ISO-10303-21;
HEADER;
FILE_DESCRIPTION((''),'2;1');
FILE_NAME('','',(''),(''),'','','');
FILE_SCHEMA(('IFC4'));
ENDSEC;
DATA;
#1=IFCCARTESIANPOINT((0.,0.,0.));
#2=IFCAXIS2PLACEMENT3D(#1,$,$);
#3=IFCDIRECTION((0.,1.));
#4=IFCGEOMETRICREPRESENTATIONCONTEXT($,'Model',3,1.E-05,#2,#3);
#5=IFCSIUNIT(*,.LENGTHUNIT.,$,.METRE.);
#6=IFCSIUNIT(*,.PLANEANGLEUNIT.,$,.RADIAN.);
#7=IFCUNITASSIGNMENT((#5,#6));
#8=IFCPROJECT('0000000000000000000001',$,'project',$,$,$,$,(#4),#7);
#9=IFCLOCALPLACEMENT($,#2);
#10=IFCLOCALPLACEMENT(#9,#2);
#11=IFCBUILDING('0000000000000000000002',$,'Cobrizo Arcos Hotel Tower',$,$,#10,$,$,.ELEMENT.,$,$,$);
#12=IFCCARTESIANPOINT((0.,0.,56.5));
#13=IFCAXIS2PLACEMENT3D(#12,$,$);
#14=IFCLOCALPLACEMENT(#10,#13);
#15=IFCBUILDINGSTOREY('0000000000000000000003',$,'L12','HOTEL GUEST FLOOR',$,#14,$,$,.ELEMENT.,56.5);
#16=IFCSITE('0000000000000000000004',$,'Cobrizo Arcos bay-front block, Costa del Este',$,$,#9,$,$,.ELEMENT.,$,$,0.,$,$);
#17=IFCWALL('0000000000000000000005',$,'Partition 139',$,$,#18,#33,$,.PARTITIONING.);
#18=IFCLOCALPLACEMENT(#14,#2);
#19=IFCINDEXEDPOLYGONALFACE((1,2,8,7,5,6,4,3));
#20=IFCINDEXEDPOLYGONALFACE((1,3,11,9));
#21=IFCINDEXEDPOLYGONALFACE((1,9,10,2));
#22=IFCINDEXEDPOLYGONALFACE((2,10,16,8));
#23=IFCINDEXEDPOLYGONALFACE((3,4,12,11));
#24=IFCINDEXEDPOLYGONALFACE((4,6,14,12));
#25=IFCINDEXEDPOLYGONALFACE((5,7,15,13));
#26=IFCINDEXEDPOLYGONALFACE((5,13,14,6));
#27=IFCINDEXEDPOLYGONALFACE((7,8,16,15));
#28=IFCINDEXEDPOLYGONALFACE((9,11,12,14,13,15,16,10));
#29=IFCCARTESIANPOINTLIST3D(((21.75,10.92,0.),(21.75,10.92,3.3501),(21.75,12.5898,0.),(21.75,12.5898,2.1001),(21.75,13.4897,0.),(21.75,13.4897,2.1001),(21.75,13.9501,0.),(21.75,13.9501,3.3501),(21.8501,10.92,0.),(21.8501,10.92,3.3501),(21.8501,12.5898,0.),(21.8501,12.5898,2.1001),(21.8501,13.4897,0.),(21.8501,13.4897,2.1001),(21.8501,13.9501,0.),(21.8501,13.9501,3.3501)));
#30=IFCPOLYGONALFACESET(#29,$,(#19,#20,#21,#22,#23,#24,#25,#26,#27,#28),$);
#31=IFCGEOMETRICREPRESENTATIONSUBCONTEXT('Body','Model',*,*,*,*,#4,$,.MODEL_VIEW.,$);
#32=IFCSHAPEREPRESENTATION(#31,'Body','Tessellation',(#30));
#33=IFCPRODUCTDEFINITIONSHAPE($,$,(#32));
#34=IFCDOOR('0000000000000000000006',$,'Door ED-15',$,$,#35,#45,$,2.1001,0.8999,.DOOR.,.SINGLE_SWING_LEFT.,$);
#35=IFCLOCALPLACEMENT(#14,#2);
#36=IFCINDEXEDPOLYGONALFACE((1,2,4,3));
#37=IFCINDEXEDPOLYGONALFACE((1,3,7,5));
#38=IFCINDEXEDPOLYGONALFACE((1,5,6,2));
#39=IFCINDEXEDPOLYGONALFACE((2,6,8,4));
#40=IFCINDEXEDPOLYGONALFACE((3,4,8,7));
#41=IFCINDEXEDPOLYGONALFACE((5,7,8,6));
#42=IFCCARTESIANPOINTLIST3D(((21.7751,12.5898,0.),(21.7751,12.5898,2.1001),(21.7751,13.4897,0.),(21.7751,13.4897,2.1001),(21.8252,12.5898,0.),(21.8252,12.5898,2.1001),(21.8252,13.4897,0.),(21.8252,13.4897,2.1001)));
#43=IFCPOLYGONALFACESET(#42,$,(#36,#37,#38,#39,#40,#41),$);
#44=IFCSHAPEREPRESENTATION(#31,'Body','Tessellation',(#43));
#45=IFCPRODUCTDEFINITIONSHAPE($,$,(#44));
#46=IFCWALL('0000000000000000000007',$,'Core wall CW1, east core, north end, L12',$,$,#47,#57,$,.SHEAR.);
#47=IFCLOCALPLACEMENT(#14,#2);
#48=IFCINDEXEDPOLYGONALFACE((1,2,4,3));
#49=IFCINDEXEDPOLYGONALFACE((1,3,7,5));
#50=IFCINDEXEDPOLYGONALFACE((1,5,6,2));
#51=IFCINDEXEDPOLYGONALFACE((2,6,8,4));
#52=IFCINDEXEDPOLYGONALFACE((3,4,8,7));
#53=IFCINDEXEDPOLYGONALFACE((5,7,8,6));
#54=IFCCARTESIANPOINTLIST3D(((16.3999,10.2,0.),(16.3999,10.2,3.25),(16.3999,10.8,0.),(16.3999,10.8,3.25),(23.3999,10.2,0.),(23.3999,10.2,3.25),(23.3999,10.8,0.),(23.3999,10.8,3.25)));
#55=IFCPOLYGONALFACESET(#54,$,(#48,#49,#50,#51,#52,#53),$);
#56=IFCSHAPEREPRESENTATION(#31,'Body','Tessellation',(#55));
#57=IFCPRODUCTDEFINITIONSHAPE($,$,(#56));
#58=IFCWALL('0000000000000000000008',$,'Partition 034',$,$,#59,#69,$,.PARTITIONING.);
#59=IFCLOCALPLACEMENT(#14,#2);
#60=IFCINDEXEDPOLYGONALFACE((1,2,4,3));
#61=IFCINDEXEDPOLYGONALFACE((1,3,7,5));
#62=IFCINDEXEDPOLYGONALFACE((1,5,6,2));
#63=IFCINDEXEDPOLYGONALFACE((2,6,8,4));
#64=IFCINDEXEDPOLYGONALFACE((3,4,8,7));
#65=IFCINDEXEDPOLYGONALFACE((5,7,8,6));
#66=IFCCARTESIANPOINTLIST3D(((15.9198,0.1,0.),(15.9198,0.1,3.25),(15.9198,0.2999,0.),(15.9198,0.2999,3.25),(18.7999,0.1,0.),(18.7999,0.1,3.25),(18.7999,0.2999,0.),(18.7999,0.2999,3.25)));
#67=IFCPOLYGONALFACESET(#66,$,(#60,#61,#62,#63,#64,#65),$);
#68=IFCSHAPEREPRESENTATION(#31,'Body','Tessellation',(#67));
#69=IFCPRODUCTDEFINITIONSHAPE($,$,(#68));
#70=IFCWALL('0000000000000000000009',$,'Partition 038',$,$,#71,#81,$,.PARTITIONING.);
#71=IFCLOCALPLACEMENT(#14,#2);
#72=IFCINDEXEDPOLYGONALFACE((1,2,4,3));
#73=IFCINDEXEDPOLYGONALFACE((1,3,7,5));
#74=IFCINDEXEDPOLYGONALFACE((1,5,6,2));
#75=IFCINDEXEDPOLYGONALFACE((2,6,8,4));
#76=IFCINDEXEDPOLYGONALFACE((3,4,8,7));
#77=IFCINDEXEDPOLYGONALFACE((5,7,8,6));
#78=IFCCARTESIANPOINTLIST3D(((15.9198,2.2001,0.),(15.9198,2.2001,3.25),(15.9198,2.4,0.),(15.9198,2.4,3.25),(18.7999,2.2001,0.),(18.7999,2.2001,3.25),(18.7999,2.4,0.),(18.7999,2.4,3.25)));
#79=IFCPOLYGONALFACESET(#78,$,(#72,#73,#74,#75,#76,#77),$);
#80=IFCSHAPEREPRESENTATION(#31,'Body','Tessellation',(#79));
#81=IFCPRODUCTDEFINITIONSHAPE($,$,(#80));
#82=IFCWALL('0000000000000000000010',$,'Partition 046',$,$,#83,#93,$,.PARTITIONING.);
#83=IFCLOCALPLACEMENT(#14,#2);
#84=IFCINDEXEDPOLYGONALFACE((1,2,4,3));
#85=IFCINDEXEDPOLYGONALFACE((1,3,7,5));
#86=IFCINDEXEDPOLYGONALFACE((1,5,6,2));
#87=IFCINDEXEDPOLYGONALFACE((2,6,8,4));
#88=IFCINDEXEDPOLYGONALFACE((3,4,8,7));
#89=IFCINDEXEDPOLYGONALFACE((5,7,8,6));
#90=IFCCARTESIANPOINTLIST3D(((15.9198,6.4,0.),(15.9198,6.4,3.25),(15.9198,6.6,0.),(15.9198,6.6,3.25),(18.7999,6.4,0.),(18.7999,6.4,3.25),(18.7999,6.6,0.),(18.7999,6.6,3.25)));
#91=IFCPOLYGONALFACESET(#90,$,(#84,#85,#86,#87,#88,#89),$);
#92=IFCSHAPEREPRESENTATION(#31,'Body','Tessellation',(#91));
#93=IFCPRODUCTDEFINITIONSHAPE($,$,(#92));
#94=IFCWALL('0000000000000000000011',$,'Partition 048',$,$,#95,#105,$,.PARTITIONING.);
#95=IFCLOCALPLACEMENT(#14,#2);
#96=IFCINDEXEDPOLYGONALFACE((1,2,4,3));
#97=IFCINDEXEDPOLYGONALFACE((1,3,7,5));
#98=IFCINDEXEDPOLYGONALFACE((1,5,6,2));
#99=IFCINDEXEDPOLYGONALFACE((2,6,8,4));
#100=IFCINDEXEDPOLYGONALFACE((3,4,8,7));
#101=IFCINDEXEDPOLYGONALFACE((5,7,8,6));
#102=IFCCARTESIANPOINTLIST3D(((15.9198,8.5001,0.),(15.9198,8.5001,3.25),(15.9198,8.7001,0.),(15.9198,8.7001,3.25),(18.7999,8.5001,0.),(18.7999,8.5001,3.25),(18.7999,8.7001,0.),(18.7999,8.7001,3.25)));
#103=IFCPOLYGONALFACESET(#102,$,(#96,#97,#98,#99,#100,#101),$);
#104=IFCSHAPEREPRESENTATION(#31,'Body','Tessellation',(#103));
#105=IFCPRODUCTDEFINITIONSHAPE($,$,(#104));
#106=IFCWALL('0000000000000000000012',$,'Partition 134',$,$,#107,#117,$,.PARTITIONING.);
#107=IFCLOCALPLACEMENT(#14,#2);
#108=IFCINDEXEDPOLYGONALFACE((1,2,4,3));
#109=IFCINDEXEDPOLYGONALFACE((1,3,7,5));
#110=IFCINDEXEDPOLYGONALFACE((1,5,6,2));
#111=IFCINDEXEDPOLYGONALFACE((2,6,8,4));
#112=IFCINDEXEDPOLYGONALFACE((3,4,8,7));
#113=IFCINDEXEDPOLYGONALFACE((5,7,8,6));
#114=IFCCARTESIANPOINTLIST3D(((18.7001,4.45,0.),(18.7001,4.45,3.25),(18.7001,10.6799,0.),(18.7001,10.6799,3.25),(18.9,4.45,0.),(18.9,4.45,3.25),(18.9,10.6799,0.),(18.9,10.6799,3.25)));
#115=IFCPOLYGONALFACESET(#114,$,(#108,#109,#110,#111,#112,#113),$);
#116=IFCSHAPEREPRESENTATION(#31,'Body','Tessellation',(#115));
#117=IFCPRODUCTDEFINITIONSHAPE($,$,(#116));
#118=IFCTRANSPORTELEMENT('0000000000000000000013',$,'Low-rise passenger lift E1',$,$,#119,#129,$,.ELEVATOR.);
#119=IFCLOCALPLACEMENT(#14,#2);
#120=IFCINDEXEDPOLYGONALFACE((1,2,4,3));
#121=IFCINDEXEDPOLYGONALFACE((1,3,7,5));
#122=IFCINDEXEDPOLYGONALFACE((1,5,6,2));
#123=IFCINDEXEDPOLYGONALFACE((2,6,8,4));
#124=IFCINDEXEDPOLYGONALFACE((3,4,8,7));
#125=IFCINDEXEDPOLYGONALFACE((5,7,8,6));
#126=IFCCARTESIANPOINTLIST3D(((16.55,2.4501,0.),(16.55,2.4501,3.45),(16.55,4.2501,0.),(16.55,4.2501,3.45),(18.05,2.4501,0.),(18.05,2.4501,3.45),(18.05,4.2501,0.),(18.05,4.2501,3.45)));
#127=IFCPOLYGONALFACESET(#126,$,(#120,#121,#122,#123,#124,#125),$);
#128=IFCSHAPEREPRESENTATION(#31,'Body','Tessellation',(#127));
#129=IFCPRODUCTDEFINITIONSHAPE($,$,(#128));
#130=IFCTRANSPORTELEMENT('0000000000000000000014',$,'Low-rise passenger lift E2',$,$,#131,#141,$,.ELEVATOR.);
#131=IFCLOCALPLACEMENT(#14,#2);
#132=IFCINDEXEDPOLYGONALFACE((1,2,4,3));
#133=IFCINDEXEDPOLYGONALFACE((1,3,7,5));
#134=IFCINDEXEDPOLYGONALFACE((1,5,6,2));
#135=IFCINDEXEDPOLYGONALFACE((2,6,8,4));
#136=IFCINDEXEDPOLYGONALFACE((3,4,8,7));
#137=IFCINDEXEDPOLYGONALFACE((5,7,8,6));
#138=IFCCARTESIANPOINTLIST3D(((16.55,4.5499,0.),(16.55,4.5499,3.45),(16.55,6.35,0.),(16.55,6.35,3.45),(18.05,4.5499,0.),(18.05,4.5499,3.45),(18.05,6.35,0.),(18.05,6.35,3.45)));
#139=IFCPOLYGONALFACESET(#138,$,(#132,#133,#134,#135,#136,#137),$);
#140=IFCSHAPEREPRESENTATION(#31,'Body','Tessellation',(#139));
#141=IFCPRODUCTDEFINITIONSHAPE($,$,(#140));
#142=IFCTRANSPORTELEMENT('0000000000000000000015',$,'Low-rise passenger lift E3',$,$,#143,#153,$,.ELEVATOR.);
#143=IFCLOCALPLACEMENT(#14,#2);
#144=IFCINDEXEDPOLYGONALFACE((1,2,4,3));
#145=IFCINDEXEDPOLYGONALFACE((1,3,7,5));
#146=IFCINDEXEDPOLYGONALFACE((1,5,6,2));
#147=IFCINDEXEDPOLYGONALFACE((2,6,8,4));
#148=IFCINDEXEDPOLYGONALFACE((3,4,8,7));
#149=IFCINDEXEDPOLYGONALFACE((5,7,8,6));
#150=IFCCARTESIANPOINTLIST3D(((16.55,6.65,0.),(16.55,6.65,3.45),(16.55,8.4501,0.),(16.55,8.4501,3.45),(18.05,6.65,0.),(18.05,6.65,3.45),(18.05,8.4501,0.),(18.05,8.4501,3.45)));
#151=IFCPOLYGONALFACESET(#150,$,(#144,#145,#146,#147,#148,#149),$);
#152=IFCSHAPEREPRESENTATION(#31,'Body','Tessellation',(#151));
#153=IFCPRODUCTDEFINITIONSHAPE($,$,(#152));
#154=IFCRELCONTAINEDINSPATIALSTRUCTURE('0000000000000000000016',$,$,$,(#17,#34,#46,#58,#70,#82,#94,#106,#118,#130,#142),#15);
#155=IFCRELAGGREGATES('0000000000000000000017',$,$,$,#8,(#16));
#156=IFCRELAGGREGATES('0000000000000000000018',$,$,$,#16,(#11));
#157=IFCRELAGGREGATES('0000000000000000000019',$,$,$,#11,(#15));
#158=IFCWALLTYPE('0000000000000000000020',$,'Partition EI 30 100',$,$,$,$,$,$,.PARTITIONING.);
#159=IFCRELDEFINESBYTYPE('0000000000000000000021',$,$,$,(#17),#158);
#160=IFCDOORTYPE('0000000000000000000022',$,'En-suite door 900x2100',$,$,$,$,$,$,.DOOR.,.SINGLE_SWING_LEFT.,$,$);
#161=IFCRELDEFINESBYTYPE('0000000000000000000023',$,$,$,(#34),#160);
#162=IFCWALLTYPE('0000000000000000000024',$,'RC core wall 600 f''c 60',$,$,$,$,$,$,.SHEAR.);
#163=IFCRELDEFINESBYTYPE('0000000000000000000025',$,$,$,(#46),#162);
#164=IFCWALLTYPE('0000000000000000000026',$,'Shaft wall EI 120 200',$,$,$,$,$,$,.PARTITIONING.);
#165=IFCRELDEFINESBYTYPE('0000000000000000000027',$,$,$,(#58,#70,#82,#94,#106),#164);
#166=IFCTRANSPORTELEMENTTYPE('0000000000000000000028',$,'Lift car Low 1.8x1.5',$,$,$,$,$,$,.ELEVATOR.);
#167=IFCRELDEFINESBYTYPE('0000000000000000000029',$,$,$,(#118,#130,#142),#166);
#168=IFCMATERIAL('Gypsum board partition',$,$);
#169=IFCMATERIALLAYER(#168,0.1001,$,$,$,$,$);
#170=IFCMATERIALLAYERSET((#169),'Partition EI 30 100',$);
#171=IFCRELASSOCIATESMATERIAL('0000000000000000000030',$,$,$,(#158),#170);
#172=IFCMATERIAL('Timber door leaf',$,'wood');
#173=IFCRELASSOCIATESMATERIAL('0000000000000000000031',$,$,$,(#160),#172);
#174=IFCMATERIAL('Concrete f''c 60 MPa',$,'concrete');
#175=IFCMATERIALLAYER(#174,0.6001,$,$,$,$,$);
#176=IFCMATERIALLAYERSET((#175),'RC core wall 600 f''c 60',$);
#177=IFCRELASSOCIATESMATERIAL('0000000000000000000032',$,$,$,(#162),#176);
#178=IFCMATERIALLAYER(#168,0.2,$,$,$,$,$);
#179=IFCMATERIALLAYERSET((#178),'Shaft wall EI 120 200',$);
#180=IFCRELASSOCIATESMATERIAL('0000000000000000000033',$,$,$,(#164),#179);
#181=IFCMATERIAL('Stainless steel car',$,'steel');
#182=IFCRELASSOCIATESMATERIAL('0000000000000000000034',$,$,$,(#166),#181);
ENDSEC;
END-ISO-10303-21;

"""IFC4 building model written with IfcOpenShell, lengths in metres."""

from ifc_helpers import new_model, si_unit, direction, frame, frame_2d, origin, origin_2d, place, context, subcontext, project, spatial, rectangle, extrude, material, layer, layer_set, type_object, element, fill, save


model = new_model("IFC4")

# Units and contexts
model_context = context("Model", 3, precision=1e-05, world=origin(), true_north=direction((0.0, 1.0)))
body_context = subcontext(model_context, "Body", "Model", "MODEL_VIEW")
ifc_project = project(units=[si_unit("LENGTHUNIT", "METRE"), si_unit("PLANEANGLEUNIT", "RADIAN")], contexts=[model_context])

# Site, building, storey
site_placement = place(None, origin())
site = spatial("IfcSite", under=ifc_project, at=site_placement, Name="Cobrizo Arcos bay-front block, Costa del Este", CompositionType="ELEMENT", RefElevation=0.0)
building_placement = place(site_placement, origin())
building = spatial("IfcBuilding", under=site, at=building_placement, Name="Cobrizo Arcos Hotel Tower", CompositionType="ELEMENT")
storey_placement = place(building_placement, frame((0.0, 0.0, 56.5)))
storey = spatial("IfcBuildingStorey", under=building, at=storey_placement, Name="L12", Description="HOTEL GUEST FLOOR", CompositionType="ELEMENT", Elevation=56.5)

# Shared definitions
ifc_material_1 = material(Name="Gypsum board partition")

# Wall, opening, door
ifc_material_2 = material(Name="Timber door leaf", Category="wood")
ifc_layer_1 = layer(ifc_material_1, 0.1001)
ifc_layer_set_1 = layer_set([ifc_layer_1], Name="Partition EI 30 100")
wall_type_1 = type_object("IfcWallType", Name="Partition EI 30 100", PredefinedType="PARTITIONING", material=ifc_layer_set_1)
wall_1_placement = place(storey_placement, frame((21.8, 10.9199, 0.0), z_axis=(0.0, 0.0, 1.0), x_axis=(0.0, 1.0, 0.0)))
wall_1 = element("IfcWall", 1, at=wall_1_placement, inside=storey, type_object=wall_type_1, Name="Partition 139", PredefinedType="PARTITIONING", context=body_context, shape_type="SweptSolid", body=[
    extrude(rectangle(XDim=3.03, YDim=0.1001, at=frame_2d((1.5151, 0.0))), origin(), (0.0, 0.0, 1.0), 3.3501),
])
opening_1_placement = place(wall_1_placement, frame((1.6699, 0.0, 0.0)))
opening_1 = element("IfcOpeningElement", 2, at=opening_1_placement, cuts=wall_1, PredefinedType="OPENING", context=body_context, shape_type="SweptSolid", body=[
    extrude(rectangle(XDim=0.8999, YDim=2.1001, at=frame_2d((0.45, 1.05))), frame((0.0, 0.062, 0.0), z_axis=(0.0, -1.0, 0.0), x_axis=(1.0, 0.0, 0.0)), (0.0, 0.0, 1.0), 0.124),
])
door_type_1 = type_object("IfcDoorType", Name="En-suite door 900x2100", OperationType="SINGLE_SWING_LEFT", PredefinedType="DOOR", material=ifc_material_2)
door_1_placement = place(opening_1_placement, origin())
door_1 = element("IfcDoor", 3, at=door_1_placement, inside=storey, type_object=door_type_1, Name="Door ED-15", OperationType="SINGLE_SWING_LEFT", OverallHeight=2.1001, OverallWidth=0.8999, PredefinedType="DOOR", context=body_context, shape_type="SweptSolid", body=[
    extrude(rectangle(XDim=0.8999, YDim=2.1001, at=frame_2d((0.45, 1.05))), frame((0.0, 0.0249, 0.0), z_axis=(0.0, -1.0, 0.0), x_axis=(1.0, 0.0, 0.0)), (0.0, 0.0, 1.0), 0.05),
])
fill(opening_1, door_1)

# Walls
ifc_material_3 = material(Name="Concrete f'c 60 MPa", Category="concrete")
ifc_layer_2 = layer(ifc_material_3, 0.6001)
ifc_layer_set_2 = layer_set([ifc_layer_2], Name="RC core wall 600 f'c 60")
wall_type_2 = type_object("IfcWallType", Name="RC core wall 600 f'c 60", PredefinedType="SHEAR", material=ifc_layer_set_2)
wall_2_placement = place(storey_placement, frame((16.3999, 10.5, 0.0), z_axis=(0.0, 0.0, 1.0), x_axis=(1.0, 0.0, 0.0)))
element("IfcWall", 4, at=wall_2_placement, inside=storey, type_object=wall_type_2, Name="Core wall CW1, east core, north end, L12", PredefinedType="SHEAR", context=body_context, shape_type="SweptSolid", body=[
    extrude(rectangle(XDim=7.0, YDim=0.6001, at=frame_2d((3.5, 0.0))), origin(), (0.0, 0.0, 1.0), 3.25),
])
ifc_layer_3 = layer(ifc_material_1, 0.2)
ifc_layer_set_3 = layer_set([ifc_layer_3], Name="Shaft wall EI 120 200")
wall_type_3 = type_object("IfcWallType", Name="Shaft wall EI 120 200", PredefinedType="PARTITIONING", material=ifc_layer_set_3)
for number, where, z_axis, x_axis, name in (
    (5, (15.9199, 0.2, 0.0), (0.0, 0.0, 1.0), (1.0, 0.0, 0.0), "Partition 034"),
    (6, (15.9199, 2.3, 0.0), (0.0, 0.0, 1.0), (1.0, 0.0, 0.0), "Partition 038"),
    (7, (15.9199, 6.5, 0.0), (0.0, 0.0, 1.0), (1.0, 0.0, 0.0), "Partition 046"),
    (8, (15.9199, 8.6001, 0.0), (0.0, 0.0, 1.0), (1.0, 0.0, 0.0), "Partition 048"),
):
    element("IfcWall", number, at=place(storey_placement, frame(where, z_axis=z_axis, x_axis=x_axis)), inside=storey, type_object=wall_type_3, Name=name, PredefinedType="PARTITIONING", context=body_context, shape_type="SweptSolid", body=[
        extrude(rectangle(XDim=2.8801, YDim=0.2, at=frame_2d((1.4399, 0.0))), origin(), (0.0, 0.0, 1.0), 3.25),
    ])
wall_3_placement = place(storey_placement, frame((18.8, 4.45, 0.0), z_axis=(0.0, 0.0, 1.0), x_axis=(0.0, 1.0, 0.0)))
element("IfcWall", 9, at=wall_3_placement, inside=storey, type_object=wall_type_3, Name="Partition 134", PredefinedType="PARTITIONING", context=body_context, shape_type="SweptSolid", body=[
    extrude(rectangle(XDim=6.23, YDim=0.2, at=frame_2d((3.115, 0.0))), origin(), (0.0, 0.0, 1.0), 3.25),
])

# Transport elements
ifc_material_4 = material(Name="Stainless steel car", Category="steel")
transport_element_type = type_object("IfcTransportElementType", Name="Lift car Low 1.8x1.5", PredefinedType="ELEVATOR", material=ifc_material_4)
for number, where, z_axis, x_axis, name in (
    (10, (17.3, 3.3501, 0.0), (0.0, 0.0, 1.0), (1.0, 0.0, 0.0), "Low-rise passenger lift E1"),
    (11, (17.3, 5.45, 0.0), (0.0, 0.0, 1.0), (1.0, 0.0, 0.0), "Low-rise passenger lift E2"),
    (12, (17.3, 7.55, 0.0), (0.0, 0.0, 1.0), (1.0, 0.0, 0.0), "Low-rise passenger lift E3"),
):
    element("IfcTransportElement", number, at=place(storey_placement, frame(where, z_axis=z_axis, x_axis=x_axis)), inside=storey, type_object=transport_element_type, Name=name, PredefinedType="ELEVATOR", context=body_context, shape_type="SweptSolid", body=[
        extrude(rectangle(XDim=1.5, YDim=1.8, at=origin_2d()), origin(), (0.0, 0.0, 1.0), 3.45),
    ])

save(model, "model.ifc")
